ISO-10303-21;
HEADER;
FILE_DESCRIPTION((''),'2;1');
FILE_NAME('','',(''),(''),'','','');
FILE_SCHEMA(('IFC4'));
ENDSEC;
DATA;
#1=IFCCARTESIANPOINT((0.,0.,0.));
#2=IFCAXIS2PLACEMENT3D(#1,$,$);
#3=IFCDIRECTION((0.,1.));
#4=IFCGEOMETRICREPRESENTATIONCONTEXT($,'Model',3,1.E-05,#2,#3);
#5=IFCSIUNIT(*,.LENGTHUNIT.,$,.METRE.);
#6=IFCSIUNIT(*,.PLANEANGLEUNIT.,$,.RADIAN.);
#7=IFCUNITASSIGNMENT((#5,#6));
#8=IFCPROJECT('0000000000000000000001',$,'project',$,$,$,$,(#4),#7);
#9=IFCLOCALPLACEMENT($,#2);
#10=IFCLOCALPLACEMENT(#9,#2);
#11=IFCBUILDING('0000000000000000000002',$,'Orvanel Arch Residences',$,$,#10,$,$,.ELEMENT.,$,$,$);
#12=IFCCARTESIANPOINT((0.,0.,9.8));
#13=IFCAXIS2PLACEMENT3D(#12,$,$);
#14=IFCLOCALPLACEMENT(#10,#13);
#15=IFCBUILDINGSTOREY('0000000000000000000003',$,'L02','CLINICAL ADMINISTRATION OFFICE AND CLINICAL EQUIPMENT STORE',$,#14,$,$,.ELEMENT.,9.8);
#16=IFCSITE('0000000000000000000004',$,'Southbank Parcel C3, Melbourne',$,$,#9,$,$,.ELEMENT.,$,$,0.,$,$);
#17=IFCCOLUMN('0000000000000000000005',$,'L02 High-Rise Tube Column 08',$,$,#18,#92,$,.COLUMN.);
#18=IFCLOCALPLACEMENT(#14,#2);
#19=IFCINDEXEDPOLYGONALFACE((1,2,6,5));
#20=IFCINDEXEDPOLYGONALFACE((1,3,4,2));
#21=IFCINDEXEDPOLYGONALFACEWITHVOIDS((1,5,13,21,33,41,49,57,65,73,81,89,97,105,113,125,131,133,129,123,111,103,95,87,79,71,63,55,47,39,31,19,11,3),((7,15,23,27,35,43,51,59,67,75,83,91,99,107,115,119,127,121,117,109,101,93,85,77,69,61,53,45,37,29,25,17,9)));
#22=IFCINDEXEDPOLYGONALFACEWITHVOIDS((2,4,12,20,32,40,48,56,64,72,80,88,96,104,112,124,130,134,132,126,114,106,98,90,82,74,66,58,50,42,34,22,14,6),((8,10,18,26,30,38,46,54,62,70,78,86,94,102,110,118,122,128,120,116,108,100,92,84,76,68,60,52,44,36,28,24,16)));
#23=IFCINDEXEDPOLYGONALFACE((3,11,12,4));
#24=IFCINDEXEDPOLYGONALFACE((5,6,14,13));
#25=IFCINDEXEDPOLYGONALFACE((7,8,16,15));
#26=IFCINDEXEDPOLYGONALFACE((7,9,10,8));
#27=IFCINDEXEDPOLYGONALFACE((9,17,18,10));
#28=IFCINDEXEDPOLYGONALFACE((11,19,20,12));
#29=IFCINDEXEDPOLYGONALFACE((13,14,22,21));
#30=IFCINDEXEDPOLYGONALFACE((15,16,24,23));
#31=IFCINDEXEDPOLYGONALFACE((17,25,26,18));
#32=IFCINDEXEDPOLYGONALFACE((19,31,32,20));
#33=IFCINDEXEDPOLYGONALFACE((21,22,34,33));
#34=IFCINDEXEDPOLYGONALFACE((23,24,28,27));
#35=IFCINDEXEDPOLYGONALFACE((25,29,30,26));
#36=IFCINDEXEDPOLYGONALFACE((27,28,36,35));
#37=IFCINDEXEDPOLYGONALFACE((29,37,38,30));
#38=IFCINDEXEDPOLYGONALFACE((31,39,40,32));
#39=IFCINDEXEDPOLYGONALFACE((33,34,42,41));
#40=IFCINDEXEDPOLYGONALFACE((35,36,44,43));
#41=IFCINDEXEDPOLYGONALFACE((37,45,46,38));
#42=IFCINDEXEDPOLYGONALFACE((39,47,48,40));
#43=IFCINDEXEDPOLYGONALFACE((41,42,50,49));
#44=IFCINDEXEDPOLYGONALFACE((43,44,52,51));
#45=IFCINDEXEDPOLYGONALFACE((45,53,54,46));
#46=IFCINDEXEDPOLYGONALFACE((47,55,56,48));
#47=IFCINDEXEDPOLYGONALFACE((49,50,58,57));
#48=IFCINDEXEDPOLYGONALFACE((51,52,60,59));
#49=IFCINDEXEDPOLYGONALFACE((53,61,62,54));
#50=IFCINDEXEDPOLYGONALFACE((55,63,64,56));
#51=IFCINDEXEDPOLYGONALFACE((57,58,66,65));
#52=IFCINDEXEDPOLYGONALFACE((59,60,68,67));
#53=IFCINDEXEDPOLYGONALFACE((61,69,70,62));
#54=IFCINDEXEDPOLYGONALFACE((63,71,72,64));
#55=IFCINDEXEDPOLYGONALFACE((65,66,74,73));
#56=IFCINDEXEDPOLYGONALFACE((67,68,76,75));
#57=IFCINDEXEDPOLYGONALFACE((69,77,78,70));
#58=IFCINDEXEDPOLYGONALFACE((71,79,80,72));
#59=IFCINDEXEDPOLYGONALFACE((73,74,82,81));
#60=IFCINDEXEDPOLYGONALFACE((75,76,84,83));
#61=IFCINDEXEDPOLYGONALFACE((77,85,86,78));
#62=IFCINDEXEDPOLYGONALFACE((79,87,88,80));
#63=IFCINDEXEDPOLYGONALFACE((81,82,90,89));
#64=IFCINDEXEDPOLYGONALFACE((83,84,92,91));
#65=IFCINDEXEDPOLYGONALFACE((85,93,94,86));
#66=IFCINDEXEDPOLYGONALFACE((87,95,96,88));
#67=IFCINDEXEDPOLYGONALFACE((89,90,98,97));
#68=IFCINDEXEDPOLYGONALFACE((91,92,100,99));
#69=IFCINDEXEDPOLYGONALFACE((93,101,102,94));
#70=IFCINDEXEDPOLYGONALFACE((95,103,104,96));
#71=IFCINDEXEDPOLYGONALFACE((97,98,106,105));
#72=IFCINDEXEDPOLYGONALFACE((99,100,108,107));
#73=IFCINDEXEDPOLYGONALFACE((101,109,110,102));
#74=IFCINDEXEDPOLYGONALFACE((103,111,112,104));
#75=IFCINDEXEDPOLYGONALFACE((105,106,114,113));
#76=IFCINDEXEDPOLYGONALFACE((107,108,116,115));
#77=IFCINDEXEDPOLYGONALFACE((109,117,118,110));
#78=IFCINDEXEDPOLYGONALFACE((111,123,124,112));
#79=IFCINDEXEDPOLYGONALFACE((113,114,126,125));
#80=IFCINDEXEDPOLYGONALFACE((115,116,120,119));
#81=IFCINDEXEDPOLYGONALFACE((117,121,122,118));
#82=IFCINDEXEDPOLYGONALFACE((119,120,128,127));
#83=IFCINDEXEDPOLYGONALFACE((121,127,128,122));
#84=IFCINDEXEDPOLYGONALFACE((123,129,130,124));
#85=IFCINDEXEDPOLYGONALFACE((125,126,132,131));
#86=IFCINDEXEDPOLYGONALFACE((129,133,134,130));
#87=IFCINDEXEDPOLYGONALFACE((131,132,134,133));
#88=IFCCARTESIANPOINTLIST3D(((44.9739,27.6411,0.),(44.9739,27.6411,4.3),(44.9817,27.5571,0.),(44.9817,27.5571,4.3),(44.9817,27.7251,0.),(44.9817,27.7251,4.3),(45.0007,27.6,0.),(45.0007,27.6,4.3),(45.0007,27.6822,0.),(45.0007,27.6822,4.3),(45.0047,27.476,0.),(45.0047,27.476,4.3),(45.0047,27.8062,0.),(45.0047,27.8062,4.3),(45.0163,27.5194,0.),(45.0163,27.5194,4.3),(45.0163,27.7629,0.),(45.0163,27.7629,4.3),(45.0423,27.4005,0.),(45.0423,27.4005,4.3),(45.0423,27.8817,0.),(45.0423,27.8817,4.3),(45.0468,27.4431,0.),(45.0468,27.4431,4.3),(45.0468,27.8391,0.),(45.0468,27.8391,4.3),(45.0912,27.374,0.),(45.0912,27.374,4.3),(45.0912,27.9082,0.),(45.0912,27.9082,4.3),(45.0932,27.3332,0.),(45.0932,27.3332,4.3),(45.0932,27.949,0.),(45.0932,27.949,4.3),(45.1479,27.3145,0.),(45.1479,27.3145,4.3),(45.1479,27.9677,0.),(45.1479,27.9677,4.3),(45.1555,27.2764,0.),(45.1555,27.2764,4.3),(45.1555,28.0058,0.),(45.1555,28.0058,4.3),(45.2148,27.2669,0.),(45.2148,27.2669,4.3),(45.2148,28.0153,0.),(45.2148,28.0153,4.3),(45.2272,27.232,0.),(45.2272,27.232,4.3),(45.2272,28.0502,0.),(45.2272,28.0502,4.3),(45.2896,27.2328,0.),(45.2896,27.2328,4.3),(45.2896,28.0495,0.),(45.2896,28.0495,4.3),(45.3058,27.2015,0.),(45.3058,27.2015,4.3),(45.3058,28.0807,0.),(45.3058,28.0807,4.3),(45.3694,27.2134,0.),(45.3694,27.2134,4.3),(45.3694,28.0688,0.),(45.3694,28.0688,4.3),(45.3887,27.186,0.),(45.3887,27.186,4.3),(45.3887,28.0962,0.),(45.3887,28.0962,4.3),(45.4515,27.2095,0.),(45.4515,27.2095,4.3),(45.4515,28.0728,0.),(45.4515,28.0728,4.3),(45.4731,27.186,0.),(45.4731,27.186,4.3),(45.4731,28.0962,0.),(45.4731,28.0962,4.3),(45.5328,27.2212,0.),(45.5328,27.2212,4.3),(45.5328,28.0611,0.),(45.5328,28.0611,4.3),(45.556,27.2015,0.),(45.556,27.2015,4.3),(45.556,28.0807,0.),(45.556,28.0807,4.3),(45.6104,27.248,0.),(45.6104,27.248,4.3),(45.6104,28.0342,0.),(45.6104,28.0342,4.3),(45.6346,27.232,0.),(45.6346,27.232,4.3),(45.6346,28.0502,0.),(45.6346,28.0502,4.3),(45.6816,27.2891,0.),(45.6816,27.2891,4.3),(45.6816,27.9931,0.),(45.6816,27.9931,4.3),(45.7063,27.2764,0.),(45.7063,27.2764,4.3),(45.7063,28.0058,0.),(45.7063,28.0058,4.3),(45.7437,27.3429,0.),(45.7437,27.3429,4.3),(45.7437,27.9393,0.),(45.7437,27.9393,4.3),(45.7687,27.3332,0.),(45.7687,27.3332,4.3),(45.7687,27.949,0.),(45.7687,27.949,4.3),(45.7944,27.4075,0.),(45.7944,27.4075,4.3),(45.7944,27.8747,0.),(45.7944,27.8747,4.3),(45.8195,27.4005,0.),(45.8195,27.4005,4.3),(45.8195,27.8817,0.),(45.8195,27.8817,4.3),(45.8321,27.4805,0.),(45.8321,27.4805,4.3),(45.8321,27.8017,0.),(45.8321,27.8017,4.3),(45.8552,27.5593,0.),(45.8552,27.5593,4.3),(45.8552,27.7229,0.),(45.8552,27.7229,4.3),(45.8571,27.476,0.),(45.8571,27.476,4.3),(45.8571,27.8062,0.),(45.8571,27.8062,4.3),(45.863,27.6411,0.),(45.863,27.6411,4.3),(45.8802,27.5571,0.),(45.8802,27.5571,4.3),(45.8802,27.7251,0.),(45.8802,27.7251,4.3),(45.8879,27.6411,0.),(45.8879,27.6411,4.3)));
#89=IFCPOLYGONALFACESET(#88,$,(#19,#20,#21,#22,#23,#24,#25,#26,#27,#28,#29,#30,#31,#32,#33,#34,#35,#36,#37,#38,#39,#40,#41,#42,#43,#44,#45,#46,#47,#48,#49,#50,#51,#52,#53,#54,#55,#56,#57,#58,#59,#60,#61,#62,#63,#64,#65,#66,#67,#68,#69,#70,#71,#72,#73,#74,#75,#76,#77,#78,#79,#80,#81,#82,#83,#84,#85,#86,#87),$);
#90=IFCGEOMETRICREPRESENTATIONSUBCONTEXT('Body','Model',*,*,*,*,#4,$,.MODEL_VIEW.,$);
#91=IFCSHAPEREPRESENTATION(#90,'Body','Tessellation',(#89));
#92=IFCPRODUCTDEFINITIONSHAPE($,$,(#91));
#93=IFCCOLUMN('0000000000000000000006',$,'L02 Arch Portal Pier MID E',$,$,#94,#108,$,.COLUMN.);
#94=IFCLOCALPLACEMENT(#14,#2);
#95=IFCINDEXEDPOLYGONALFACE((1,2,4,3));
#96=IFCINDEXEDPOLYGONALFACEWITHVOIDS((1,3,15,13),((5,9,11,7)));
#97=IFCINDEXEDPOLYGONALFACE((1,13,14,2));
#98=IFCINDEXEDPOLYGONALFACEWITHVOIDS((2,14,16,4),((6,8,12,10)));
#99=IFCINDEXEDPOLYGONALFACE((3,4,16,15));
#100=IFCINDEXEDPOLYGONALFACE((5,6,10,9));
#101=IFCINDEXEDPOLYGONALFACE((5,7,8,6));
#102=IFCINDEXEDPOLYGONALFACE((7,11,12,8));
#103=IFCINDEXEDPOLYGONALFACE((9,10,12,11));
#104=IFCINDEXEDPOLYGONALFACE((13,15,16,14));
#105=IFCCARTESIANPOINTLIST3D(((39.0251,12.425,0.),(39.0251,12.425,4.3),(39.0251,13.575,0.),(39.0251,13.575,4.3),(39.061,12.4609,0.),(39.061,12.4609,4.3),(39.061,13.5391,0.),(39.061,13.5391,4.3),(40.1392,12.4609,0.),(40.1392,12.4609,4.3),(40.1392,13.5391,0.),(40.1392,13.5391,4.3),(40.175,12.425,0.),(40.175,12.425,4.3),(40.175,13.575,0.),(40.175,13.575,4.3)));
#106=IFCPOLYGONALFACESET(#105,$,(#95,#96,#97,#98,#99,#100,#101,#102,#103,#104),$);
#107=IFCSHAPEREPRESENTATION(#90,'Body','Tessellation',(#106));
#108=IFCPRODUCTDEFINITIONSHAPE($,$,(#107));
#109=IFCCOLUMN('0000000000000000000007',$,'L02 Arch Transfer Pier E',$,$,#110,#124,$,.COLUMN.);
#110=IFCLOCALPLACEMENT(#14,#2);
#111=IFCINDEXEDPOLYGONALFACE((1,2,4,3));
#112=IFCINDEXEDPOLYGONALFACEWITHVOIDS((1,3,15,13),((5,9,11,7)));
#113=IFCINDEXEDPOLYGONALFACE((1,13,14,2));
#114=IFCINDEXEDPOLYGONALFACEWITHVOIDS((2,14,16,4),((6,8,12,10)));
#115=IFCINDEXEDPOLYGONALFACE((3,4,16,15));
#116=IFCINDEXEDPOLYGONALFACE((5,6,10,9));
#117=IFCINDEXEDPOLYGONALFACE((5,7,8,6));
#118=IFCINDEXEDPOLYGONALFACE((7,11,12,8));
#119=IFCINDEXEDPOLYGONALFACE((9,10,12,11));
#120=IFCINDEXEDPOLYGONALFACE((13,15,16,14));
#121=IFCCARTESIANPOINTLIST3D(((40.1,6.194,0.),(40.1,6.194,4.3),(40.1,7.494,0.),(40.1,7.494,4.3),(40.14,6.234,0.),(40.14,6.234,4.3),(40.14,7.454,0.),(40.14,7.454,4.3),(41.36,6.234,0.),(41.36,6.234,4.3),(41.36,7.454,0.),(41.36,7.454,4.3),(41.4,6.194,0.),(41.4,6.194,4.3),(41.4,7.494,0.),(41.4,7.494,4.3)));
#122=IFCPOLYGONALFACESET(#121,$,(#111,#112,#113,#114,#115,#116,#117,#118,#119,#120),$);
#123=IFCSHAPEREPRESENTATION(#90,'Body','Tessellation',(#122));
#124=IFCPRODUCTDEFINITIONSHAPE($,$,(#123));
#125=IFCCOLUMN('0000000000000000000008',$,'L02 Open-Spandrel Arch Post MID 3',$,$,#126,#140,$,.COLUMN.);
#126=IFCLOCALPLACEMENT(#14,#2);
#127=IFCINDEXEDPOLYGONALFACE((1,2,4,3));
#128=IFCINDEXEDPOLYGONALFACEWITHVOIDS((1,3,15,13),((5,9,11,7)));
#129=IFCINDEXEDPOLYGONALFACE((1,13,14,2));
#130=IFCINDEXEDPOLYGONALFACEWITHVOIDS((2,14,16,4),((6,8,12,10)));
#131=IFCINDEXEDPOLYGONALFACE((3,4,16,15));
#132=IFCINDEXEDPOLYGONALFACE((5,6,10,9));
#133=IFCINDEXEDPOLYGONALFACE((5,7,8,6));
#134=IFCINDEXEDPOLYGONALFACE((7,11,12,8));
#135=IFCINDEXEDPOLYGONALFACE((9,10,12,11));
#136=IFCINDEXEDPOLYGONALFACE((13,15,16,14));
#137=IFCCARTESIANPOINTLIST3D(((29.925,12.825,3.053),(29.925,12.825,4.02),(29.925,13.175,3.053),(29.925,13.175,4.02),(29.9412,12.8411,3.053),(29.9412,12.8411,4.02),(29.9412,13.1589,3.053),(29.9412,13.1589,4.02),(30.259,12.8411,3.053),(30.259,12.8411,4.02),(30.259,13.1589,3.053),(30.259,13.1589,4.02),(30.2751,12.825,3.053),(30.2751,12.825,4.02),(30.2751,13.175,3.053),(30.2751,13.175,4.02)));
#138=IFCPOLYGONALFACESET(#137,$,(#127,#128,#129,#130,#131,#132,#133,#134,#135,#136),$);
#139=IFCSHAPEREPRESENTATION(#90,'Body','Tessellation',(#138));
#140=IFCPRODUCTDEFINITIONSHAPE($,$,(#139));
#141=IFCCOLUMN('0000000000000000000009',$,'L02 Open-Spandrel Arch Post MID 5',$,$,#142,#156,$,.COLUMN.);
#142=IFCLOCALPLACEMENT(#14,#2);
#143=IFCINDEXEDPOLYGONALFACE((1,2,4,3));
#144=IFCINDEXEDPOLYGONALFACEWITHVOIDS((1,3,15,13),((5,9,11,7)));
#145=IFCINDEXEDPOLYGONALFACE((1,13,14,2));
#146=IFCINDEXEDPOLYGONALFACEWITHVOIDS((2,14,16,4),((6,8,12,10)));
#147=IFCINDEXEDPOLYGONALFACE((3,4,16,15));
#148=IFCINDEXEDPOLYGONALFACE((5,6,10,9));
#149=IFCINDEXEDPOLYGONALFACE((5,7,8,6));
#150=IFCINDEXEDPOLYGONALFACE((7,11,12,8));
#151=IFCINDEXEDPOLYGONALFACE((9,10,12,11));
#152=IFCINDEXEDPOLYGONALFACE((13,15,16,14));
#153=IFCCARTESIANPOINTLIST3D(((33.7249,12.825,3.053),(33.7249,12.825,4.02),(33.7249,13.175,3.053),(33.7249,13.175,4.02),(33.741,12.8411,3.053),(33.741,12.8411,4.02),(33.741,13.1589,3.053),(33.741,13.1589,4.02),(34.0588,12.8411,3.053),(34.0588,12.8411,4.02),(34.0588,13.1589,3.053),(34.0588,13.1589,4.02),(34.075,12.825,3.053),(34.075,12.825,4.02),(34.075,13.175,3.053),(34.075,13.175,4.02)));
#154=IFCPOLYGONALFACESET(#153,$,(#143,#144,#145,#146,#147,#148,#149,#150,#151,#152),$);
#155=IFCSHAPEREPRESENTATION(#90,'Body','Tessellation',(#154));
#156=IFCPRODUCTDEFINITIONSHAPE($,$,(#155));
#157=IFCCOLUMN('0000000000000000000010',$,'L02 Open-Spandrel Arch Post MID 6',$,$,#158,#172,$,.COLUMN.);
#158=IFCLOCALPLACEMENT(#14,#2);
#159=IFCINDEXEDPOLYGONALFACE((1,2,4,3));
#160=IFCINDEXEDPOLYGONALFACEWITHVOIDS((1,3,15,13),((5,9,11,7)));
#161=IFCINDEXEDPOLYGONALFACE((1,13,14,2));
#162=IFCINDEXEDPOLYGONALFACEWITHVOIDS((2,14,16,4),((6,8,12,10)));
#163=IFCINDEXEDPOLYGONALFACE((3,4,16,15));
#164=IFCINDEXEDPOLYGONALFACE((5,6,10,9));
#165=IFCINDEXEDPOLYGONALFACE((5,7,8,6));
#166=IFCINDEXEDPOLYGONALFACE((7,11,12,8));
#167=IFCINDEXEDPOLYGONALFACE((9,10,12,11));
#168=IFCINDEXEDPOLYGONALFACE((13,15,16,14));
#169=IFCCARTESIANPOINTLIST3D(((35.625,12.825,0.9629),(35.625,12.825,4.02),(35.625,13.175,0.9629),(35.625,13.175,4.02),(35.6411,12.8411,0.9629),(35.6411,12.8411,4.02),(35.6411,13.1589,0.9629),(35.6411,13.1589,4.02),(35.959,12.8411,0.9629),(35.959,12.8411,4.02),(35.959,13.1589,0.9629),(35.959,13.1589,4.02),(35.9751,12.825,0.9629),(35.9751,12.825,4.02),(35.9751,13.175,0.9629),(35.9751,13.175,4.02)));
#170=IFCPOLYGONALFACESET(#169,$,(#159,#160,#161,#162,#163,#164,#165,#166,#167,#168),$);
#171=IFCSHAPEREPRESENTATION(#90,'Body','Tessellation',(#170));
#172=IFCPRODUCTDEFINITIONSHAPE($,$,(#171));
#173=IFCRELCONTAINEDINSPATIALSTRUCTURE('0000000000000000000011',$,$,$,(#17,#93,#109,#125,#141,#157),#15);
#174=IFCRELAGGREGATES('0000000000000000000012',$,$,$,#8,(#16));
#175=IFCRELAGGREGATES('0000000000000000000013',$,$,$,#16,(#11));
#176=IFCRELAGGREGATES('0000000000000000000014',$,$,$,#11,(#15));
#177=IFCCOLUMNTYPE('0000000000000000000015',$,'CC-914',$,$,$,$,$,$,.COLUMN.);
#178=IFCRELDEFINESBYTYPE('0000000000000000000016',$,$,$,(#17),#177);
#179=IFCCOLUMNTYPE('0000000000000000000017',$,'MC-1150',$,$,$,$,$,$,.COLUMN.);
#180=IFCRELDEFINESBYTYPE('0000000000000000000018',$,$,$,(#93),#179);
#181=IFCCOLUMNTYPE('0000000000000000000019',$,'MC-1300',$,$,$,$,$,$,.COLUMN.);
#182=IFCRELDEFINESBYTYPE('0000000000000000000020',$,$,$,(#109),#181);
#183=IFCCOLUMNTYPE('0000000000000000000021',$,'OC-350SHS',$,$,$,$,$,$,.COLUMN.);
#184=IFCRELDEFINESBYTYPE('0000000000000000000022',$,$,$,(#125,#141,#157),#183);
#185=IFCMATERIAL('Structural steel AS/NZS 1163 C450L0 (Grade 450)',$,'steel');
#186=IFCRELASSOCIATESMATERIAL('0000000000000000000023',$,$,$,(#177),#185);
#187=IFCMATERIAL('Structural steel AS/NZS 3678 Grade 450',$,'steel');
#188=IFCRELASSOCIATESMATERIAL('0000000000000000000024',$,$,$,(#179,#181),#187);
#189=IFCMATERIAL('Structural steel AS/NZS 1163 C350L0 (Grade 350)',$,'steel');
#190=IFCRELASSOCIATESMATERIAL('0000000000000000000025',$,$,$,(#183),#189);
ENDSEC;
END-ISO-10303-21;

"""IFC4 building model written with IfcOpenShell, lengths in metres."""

from ifc_helpers import new_model, si_unit, direction, frame, origin, origin_2d, place, context, subcontext, project, spatial, hollow_rectangle, hollow_circle, extrude, material, material_profile, profile_set, type_object, element, save


model = new_model("IFC4")

# Units and contexts
model_context = context("Model", 3, precision=1e-05, world=origin(), true_north=direction((0.0, 1.0)))
body_context = subcontext(model_context, "Body", "Model", "MODEL_VIEW")
ifc_project = project(units=[si_unit("LENGTHUNIT", "METRE"), si_unit("PLANEANGLEUNIT", "RADIAN")], contexts=[model_context])

# Site, building, storey
site_placement = place(None, origin())
site = spatial("IfcSite", under=ifc_project, at=site_placement, Name="Southbank Parcel C3, Melbourne", CompositionType="ELEMENT", RefElevation=0.0)
building_placement = place(site_placement, origin())
building = spatial("IfcBuilding", under=site, at=building_placement, Name="Orvanel Arch Residences", CompositionType="ELEMENT")
storey_placement = place(building_placement, frame((0.0, 0.0, 9.8)))
storey = spatial("IfcBuildingStorey", under=building, at=storey_placement, Name="L02", Description="CLINICAL ADMINISTRATION OFFICE AND CLINICAL EQUIPMENT STORE", CompositionType="ELEMENT", Elevation=9.8)

# Columns
ifc_material_1 = material(Name="Structural steel AS/NZS 1163 C450L0 (Grade 450)", Category="steel")
ifc_material_profile_1 = material_profile(ifc_material_1, hollow_circle(Radius=0.457, WallThickness=0.0249, at=origin_2d()), Name="CHS914x25")
ifc_profile_set_1 = profile_set([ifc_material_profile_1], Name="Structural steel AS/NZS 1163 C450L0 (Grade 450)")
column_type_1 = type_object("IfcColumnType", Name="CC-914", PredefinedType="COLUMN", material=ifc_profile_set_1)
column_1_placement = place(storey_placement, frame((45.4309, 27.6411, 0.0), z_axis=(0.0, 0.0, 1.0), x_axis=(1.0, 0.0, 0.0)))
element("IfcColumn", 1, at=column_1_placement, inside=storey, type_object=column_type_1, Name="L02 High-Rise Tube Column 08", PredefinedType="COLUMN", context=body_context, shape_type="SweptSolid", body=[
    extrude(hollow_circle(Radius=0.457, WallThickness=0.0249, at=origin_2d()), origin(), (0.0, 0.0, 1.0), 4.3),
])
ifc_material_2 = material(Name="Structural steel AS/NZS 3678 Grade 450", Category="steel")
ifc_material_profile_2 = material_profile(ifc_material_2, hollow_rectangle(XDim=1.1499, YDim=1.1499, WallThickness=0.0359, at=origin_2d()), Name="BOX1150x1150x36")
ifc_profile_set_2 = profile_set([ifc_material_profile_2], Name="Structural steel AS/NZS 3678 Grade 450")
column_type_2 = type_object("IfcColumnType", Name="MC-1150", PredefinedType="COLUMN", material=ifc_profile_set_2)
column_2_placement = place(storey_placement, frame((39.6001, 13.0, 0.0), z_axis=(0.0, 0.0, 1.0), x_axis=(1.0, 0.0, 0.0)))
element("IfcColumn", 2, at=column_2_placement, inside=storey, type_object=column_type_2, Name="L02 Arch Portal Pier MID E", PredefinedType="COLUMN", context=body_context, shape_type="SweptSolid", body=[
    extrude(hollow_rectangle(XDim=1.1499, YDim=1.1499, WallThickness=0.0359, at=origin_2d()), origin(), (0.0, 0.0, 1.0), 4.3),
])
ifc_material_profile_3 = material_profile(ifc_material_2, hollow_rectangle(XDim=1.3, YDim=1.3, WallThickness=0.04, at=origin_2d()), Name="BOX1300x1300x40")
ifc_profile_set_3 = profile_set([ifc_material_profile_3], Name="Structural steel AS/NZS 3678 Grade 450")
column_type_3 = type_object("IfcColumnType", Name="MC-1300", PredefinedType="COLUMN", material=ifc_profile_set_3)
column_3_placement = place(storey_placement, frame((40.75, 6.844, 0.0), z_axis=(0.0, 0.0, 1.0), x_axis=(1.0, 0.0, 0.0)))
element("IfcColumn", 3, at=column_3_placement, inside=storey, type_object=column_type_3, Name="L02 Arch Transfer Pier E", PredefinedType="COLUMN", context=body_context, shape_type="SweptSolid", body=[
    extrude(hollow_rectangle(XDim=1.3, YDim=1.3, WallThickness=0.04, at=origin_2d()), origin(), (0.0, 0.0, 1.0), 4.3),
])
ifc_material_3 = material(Name="Structural steel AS/NZS 1163 C350L0 (Grade 350)", Category="steel")
ifc_material_profile_4 = material_profile(ifc_material_3, hollow_rectangle(XDim=0.3501, YDim=0.3501, WallThickness=0.0161, at=origin_2d()), Name="SHS350x350x16")
ifc_profile_set_4 = profile_set([ifc_material_profile_4], Name="Structural steel AS/NZS 1163 C350L0 (Grade 350)")
column_type_4 = type_object("IfcColumnType", Name="OC-350SHS", PredefinedType="COLUMN", material=ifc_profile_set_4)
for number, where, z_axis, x_axis, name in (
    (4, (30.1001, 13.0, 3.053), (0.0, 0.0, 1.0), (1.0, 0.0, 0.0), "L02 Open-Spandrel Arch Post MID 3"),
    (5, (33.8999, 13.0, 3.053), (0.0, 0.0, 1.0), (1.0, 0.0, 0.0), "L02 Open-Spandrel Arch Post MID 5"),
):
    element("IfcColumn", number, at=place(storey_placement, frame(where, z_axis=z_axis, x_axis=x_axis)), inside=storey, type_object=column_type_4, Name=name, PredefinedType="COLUMN", context=body_context, shape_type="SweptSolid", body=[
        extrude(hollow_rectangle(XDim=0.3501, YDim=0.3501, WallThickness=0.0161, at=origin_2d()), origin(), (0.0, 0.0, 1.0), 0.967),
    ])
column_4_placement = place(storey_placement, frame((35.8, 13.0, 0.9629), z_axis=(0.0, 0.0, 1.0), x_axis=(1.0, 0.0, 0.0)))
element("IfcColumn", 6, at=column_4_placement, inside=storey, type_object=column_type_4, Name="L02 Open-Spandrel Arch Post MID 6", PredefinedType="COLUMN", context=body_context, shape_type="SweptSolid", body=[
    extrude(hollow_rectangle(XDim=0.3501, YDim=0.3501, WallThickness=0.0161, at=origin_2d()), origin(), (0.0, 0.0, 1.0), 3.0571),
])

save(model, "model.ifc")
